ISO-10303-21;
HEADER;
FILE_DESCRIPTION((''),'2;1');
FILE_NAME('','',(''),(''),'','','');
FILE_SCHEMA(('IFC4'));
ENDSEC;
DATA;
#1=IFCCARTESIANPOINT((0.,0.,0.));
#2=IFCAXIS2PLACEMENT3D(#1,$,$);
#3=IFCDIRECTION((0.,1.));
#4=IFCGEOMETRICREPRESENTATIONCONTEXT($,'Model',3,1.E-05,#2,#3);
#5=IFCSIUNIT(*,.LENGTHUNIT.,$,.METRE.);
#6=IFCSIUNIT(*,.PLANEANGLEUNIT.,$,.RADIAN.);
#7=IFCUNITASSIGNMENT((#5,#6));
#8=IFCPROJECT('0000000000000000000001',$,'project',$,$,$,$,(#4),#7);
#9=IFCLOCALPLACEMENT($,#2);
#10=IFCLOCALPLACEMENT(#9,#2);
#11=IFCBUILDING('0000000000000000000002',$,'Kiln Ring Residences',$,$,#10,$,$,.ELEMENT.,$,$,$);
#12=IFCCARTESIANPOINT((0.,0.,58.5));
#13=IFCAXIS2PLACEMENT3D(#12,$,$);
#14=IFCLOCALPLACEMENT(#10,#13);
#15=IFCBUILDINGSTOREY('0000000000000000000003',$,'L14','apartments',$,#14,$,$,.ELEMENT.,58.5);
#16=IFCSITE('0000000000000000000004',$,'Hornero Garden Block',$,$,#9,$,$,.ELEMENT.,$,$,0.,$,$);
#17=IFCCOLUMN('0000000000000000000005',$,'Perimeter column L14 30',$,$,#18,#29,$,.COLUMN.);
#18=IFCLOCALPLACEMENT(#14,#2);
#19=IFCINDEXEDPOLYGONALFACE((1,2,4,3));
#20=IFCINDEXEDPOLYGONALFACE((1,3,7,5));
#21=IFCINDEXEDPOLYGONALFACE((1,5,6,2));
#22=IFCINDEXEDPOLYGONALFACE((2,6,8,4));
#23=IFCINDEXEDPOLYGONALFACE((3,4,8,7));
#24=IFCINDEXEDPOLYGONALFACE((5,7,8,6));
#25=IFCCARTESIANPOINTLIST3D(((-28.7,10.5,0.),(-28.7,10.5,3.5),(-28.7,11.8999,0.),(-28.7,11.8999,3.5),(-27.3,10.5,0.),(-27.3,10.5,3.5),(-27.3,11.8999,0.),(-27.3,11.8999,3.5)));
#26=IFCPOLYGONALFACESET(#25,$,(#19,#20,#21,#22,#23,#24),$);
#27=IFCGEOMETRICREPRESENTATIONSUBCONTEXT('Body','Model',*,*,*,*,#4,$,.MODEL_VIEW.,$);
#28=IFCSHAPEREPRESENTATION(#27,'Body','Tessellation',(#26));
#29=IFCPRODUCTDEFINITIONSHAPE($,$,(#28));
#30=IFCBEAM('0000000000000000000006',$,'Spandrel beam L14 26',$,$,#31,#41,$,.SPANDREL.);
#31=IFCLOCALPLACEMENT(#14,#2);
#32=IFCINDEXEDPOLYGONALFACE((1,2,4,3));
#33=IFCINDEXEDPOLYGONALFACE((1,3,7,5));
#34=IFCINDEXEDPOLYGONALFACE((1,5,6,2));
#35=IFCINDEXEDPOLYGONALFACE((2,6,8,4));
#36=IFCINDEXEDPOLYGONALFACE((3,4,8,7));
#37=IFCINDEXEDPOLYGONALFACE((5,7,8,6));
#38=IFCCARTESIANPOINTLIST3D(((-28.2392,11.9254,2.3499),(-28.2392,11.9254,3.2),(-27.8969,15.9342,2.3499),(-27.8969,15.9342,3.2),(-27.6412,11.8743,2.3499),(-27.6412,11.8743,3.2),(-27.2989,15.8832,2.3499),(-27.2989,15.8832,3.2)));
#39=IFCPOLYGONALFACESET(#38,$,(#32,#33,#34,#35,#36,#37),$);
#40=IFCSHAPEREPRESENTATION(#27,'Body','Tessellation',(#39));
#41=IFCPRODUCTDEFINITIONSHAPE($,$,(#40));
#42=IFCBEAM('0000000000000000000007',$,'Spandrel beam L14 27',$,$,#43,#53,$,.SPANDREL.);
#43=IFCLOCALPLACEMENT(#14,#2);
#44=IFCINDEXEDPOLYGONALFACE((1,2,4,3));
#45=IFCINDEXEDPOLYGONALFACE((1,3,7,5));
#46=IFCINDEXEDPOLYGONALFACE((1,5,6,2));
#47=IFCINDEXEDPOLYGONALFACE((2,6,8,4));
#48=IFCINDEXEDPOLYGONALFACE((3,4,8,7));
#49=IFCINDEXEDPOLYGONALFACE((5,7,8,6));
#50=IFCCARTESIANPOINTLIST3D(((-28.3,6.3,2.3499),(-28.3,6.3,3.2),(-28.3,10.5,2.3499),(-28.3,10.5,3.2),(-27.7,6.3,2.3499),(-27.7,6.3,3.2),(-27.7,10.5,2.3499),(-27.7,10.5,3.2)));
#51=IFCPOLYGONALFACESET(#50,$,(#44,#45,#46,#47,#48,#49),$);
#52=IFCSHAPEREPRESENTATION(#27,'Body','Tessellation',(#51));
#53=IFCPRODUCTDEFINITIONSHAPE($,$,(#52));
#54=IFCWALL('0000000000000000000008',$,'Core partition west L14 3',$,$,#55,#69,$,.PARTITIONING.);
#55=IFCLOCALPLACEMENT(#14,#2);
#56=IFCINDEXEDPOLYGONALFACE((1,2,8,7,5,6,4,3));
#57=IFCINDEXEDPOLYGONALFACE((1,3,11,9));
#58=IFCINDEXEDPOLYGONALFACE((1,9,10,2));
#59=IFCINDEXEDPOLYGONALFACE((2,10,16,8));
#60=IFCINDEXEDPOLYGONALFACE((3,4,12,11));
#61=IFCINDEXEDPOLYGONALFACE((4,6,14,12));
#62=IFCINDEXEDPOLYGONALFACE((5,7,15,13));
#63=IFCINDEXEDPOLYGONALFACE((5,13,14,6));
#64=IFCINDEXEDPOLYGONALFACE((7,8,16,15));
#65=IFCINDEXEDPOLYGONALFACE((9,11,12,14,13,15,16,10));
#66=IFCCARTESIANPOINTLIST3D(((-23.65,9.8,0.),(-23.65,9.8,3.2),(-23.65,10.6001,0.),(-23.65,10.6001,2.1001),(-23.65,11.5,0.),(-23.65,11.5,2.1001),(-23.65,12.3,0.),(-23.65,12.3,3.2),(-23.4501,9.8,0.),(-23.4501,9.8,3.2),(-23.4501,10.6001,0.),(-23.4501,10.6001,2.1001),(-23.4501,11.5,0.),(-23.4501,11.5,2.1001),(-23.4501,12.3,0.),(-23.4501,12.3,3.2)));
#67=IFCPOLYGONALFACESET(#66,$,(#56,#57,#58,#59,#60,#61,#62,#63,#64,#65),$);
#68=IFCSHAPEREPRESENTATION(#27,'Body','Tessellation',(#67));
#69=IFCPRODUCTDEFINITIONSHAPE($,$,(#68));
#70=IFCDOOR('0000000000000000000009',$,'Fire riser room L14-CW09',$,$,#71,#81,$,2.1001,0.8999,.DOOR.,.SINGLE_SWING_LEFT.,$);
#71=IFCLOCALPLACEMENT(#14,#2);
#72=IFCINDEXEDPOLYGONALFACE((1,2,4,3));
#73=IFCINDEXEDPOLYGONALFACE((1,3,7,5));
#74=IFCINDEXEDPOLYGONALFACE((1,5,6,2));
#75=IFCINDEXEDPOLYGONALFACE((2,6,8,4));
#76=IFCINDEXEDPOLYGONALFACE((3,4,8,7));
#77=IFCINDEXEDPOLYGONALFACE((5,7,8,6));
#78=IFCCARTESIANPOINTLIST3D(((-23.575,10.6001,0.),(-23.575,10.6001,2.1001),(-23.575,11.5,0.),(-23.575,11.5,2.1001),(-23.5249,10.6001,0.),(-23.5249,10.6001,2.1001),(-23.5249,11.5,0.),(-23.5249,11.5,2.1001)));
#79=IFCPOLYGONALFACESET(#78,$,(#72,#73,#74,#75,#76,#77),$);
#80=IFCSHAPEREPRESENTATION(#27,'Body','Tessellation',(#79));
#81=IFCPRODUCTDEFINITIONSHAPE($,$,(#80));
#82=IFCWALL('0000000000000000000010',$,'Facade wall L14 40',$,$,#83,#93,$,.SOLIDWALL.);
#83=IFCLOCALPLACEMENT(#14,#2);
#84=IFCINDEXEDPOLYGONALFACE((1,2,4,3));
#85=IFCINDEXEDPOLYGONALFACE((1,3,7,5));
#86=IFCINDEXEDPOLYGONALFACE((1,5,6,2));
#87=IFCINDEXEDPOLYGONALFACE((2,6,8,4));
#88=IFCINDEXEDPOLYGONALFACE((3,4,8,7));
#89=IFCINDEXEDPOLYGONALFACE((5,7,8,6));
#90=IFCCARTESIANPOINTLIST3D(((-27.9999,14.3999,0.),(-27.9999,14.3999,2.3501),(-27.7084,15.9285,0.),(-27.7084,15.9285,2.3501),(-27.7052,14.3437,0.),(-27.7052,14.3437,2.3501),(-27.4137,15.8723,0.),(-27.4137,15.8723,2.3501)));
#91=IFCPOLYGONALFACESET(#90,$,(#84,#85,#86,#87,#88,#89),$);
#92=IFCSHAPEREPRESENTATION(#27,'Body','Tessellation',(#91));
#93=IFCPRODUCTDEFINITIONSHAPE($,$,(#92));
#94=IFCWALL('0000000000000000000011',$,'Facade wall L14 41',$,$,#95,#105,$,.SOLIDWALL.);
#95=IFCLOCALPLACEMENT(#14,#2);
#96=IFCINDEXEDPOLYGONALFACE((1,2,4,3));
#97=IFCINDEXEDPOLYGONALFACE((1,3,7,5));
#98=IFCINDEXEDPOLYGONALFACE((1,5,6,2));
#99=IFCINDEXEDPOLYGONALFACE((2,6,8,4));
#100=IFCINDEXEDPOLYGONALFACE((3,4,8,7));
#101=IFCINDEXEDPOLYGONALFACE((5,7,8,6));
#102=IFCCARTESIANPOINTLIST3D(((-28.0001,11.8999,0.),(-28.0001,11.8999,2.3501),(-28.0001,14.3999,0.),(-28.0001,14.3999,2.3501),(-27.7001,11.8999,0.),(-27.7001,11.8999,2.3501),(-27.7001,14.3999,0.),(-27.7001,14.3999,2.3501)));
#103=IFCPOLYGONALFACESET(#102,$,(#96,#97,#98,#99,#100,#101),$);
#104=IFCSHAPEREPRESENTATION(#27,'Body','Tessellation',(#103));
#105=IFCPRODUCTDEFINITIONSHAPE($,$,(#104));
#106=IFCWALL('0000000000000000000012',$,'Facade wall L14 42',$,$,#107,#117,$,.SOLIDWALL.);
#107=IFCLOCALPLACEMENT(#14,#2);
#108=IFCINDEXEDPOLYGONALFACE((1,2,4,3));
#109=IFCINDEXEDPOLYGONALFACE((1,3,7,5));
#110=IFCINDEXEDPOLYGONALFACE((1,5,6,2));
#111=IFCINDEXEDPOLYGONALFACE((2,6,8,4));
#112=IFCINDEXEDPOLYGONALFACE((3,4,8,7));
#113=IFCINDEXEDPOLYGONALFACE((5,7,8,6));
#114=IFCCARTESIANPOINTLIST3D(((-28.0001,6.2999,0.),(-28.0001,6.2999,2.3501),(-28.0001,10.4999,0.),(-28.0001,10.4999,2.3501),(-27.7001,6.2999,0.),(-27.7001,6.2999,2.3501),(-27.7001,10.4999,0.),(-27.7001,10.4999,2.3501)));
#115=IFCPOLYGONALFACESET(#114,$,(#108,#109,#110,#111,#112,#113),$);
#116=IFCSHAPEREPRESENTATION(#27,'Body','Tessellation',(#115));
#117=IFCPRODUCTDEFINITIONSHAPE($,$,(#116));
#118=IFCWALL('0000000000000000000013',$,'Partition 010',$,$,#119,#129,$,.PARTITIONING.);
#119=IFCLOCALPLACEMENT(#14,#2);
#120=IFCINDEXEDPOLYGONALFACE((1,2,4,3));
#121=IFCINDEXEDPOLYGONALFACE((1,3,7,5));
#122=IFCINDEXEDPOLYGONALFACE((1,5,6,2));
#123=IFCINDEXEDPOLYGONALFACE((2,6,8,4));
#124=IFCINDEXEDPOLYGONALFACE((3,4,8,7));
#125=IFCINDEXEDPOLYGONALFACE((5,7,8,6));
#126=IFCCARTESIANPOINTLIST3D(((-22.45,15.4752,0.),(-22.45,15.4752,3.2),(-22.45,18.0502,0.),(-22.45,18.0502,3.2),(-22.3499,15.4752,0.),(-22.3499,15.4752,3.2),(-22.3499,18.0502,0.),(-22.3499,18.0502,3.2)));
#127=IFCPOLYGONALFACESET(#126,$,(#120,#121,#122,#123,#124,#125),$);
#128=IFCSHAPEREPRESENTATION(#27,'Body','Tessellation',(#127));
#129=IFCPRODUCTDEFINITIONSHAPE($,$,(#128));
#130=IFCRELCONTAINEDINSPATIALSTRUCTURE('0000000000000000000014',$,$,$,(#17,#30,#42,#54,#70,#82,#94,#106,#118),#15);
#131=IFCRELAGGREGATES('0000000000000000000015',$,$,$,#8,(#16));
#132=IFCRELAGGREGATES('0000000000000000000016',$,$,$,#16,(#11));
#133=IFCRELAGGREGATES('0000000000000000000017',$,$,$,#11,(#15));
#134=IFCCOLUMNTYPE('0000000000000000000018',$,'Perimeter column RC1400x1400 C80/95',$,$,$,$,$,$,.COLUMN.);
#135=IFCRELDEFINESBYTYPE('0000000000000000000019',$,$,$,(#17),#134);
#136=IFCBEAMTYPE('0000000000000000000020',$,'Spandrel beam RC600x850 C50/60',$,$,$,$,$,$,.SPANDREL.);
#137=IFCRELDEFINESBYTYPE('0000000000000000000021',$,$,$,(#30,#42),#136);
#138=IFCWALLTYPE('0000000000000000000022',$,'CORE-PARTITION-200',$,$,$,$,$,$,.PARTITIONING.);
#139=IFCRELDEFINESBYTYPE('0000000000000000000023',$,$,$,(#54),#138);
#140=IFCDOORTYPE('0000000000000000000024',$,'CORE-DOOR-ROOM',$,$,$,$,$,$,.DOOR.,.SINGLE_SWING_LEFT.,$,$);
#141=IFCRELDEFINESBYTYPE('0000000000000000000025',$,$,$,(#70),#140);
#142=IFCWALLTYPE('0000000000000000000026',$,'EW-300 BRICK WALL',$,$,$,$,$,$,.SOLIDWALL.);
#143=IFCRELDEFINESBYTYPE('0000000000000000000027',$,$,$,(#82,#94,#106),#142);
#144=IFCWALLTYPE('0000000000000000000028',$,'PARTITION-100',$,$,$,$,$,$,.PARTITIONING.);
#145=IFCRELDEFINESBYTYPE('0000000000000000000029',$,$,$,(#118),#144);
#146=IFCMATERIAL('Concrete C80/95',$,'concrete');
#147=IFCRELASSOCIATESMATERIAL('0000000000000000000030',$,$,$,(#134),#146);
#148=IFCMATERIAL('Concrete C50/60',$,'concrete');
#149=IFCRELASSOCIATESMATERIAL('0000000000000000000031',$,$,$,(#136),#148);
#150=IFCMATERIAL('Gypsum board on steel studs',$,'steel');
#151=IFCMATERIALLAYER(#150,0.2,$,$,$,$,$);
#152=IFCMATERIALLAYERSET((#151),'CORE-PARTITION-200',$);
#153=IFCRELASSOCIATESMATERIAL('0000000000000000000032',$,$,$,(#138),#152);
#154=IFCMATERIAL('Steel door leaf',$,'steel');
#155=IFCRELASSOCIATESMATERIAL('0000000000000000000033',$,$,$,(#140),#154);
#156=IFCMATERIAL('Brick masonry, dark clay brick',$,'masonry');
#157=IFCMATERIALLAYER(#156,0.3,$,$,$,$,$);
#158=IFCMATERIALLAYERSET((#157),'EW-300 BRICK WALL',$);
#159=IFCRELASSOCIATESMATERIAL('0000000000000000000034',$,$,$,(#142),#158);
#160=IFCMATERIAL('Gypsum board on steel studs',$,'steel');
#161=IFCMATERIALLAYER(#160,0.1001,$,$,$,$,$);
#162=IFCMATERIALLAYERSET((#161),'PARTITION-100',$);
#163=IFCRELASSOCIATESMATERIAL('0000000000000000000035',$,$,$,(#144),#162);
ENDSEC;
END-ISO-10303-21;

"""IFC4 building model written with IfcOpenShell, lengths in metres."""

from ifc_helpers import new_model, si_unit, direction, frame, frame_2d, origin, origin_2d, place, context, subcontext, project, spatial, rectangle, extrude, material, layer, layer_set, material_profile, profile_set, type_object, element, fill, save


model = new_model("IFC4")

# Units and contexts
model_context = context("Model", 3, precision=1e-05, world=origin(), true_north=direction((0.0, 1.0)))
body_context = subcontext(model_context, "Body", "Model", "MODEL_VIEW")
ifc_project = project(units=[si_unit("LENGTHUNIT", "METRE"), si_unit("PLANEANGLEUNIT", "RADIAN")], contexts=[model_context])

# Site, building, storey
site_placement = place(None, origin())
site = spatial("IfcSite", under=ifc_project, at=site_placement, Name="Hornero Garden Block", CompositionType="ELEMENT", RefElevation=0.0)
building_placement = place(site_placement, origin())
building = spatial("IfcBuilding", under=site, at=building_placement, Name="Kiln Ring Residences", CompositionType="ELEMENT")
storey_placement = place(building_placement, frame((0.0, 0.0, 58.5)))
storey = spatial("IfcBuildingStorey", under=building, at=storey_placement, Name="L14", Description="apartments", CompositionType="ELEMENT", Elevation=58.5)

# Column
ifc_material_1 = material(Name="Concrete C80/95", Category="concrete")
ifc_material_profile_1 = material_profile(ifc_material_1, rectangle(XDim=1.3999, YDim=1.3999, at=origin_2d()), Name="RC1400x1400")
ifc_profile_set_1 = profile_set([ifc_material_profile_1], Name="Concrete C80/95")
column_type = type_object("IfcColumnType", Name="Perimeter column RC1400x1400 C80/95", PredefinedType="COLUMN", material=ifc_profile_set_1)
column_placement = place(storey_placement, frame((-28.0, 11.2, 0.0), z_axis=(0.0, 0.0, 1.0), x_axis=(1.0, 0.0, 0.0)))
element("IfcColumn", 1, at=column_placement, inside=storey, type_object=column_type, Name="Perimeter column L14 30", PredefinedType="COLUMN", context=body_context, shape_type="SweptSolid", body=[
    extrude(rectangle(XDim=1.3999, YDim=1.3999, at=origin_2d()), origin(), (0.0, 0.0, 1.0), 3.5),
])

# Beams
ifc_material_2 = material(Name="Concrete C50/60", Category="concrete")
ifc_material_profile_2 = material_profile(ifc_material_2, rectangle(XDim=0.6001, YDim=0.8501, at=origin_2d()), Name="RC600x850")
ifc_profile_set_2 = profile_set([ifc_material_profile_2], Name="Concrete C50/60")
beam_type = type_object("IfcBeamType", Name="Spandrel beam RC600x850 C50/60", PredefinedType="SPANDREL", material=ifc_profile_set_2)
beam_1_placement = place(storey_placement, frame((-27.5979, 15.9087, 2.7749), z_axis=(-0.085074, -0.996375, 0.0), x_axis=(0.996375, -0.085074, 0.0)))
element("IfcBeam", 2, at=beam_1_placement, inside=storey, type_object=beam_type, Name="Spandrel beam L14 26", PredefinedType="SPANDREL", context=body_context, shape_type="SweptSolid", body=[
    extrude(rectangle(XDim=0.6001, YDim=0.8501, at=origin_2d()), origin(), (0.0, 0.0, 1.0), 4.0234),
])
beam_2_placement = place(storey_placement, frame((-28.0, 10.5, 2.7749), z_axis=(0.0, -1.0, 0.0), x_axis=(1.0, 0.0, 0.0)))
element("IfcBeam", 3, at=beam_2_placement, inside=storey, type_object=beam_type, Name="Spandrel beam L14 27", PredefinedType="SPANDREL", context=body_context, shape_type="SweptSolid", body=[
    extrude(rectangle(XDim=0.6001, YDim=0.8501, at=origin_2d()), origin(), (0.0, 0.0, 1.0), 4.2),
])

# Wall, opening, door
ifc_material_3 = material(Name="Gypsum board on steel studs", Category="steel")
ifc_layer_1 = layer(ifc_material_3, 0.2)
ifc_layer_set_1 = layer_set([ifc_layer_1], Name="CORE-PARTITION-200")
wall_type_1 = type_object("IfcWallType", Name="CORE-PARTITION-200", PredefinedType="PARTITIONING", material=ifc_layer_set_1)
wall_1_placement = place(storey_placement, frame((-23.55, 9.8, 0.0), z_axis=(0.0, 0.0, 1.0), x_axis=(0.0, 1.0, 0.0)))
wall_1 = element("IfcWall", 4, at=wall_1_placement, inside=storey, type_object=wall_type_1, Name="Core partition west L14 3", PredefinedType="PARTITIONING", context=body_context, shape_type="SweptSolid", body=[
    extrude(rectangle(XDim=2.5, YDim=0.2, at=frame_2d((1.25, 0.0))), origin(), (0.0, 0.0, 1.0), 3.2),
])
opening_1_placement = place(wall_1_placement, frame((0.8, 0.0, 0.0)))
opening_1 = element("IfcOpeningElement", 5, at=opening_1_placement, cuts=wall_1, PredefinedType="OPENING", context=body_context, shape_type="SweptSolid", body=[
    extrude(rectangle(XDim=0.8999, YDim=2.1001, at=frame_2d((0.45, 1.05))), frame((0.0, 0.1099, 0.0), z_axis=(0.0, -1.0, 0.0), x_axis=(1.0, 0.0, 0.0)), (0.0, 0.0, 1.0), 0.22),
])
ifc_material_4 = material(Name="Steel door leaf", Category="steel")
door_type_1 = type_object("IfcDoorType", Name="CORE-DOOR-ROOM", OperationType="SINGLE_SWING_LEFT", PredefinedType="DOOR", material=ifc_material_4)
door_1_placement = place(opening_1_placement, origin())
door_1 = element("IfcDoor", 6, at=door_1_placement, inside=storey, type_object=door_type_1, Name="Fire riser room L14-CW09", OperationType="SINGLE_SWING_LEFT", OverallHeight=2.1001, OverallWidth=0.8999, PredefinedType="DOOR", context=body_context, shape_type="SweptSolid", body=[
    extrude(rectangle(XDim=0.8999, YDim=2.1001, at=frame_2d((0.45, 1.05))), frame((0.0, 0.0249, 0.0), z_axis=(0.0, -1.0, 0.0), x_axis=(1.0, 0.0, 0.0)), (0.0, 0.0, 1.0), 0.05),
])
fill(opening_1, door_1)

# Walls
ifc_material_5 = material(Name="Brick masonry, dark clay brick", Category="masonry")
ifc_layer_2 = layer(ifc_material_5, 0.3)
ifc_layer_set_2 = layer_set([ifc_layer_2], Name="EW-300 BRICK WALL")
wall_type_2 = type_object("IfcWallType", Name="EW-300 BRICK WALL", PredefinedType="SOLIDWALL", material=ifc_layer_set_2)
wall_2_placement = place(storey_placement, frame((-27.561, 15.9004, 0.0), z_axis=(0.0, 0.0, 1.0), x_axis=(-0.187328, -0.982297, 0.0)))
element("IfcWall", 7, at=wall_2_placement, inside=storey, type_object=wall_type_2, Name="Facade wall L14 40", PredefinedType="SOLIDWALL", context=body_context, shape_type="SweptSolid", body=[
    extrude(rectangle(XDim=1.5562, YDim=0.3, at=frame_2d((0.7781, 0.0))), origin(), (0.0, 0.0, 1.0), 2.3501),
])
wall_3_placement = place(storey_placement, frame((-27.8501, 14.3999, 0.0), z_axis=(0.0, 0.0, 1.0), x_axis=(0.0, -1.0, 0.0)))
element("IfcWall", 8, at=wall_3_placement, inside=storey, type_object=wall_type_2, Name="Facade wall L14 41", PredefinedType="SOLIDWALL", context=body_context, shape_type="SweptSolid", body=[
    extrude(rectangle(XDim=2.5, YDim=0.3, at=frame_2d((1.25, 0.0))), origin(), (0.0, 0.0, 1.0), 2.3501),
])
wall_4_placement = place(storey_placement, frame((-27.8501, 10.5, 0.0), z_axis=(0.0, 0.0, 1.0), x_axis=(0.0, -1.0, 0.0)))
element("IfcWall", 9, at=wall_4_placement, inside=storey, type_object=wall_type_2, Name="Facade wall L14 42", PredefinedType="SOLIDWALL", context=body_context, shape_type="SweptSolid", body=[
    extrude(rectangle(XDim=4.2, YDim=0.3, at=frame_2d((2.1001, 0.0))), origin(), (0.0, 0.0, 1.0), 2.3501),
])
ifc_material_6 = material(Name="Gypsum board on steel studs", Category="steel")
ifc_layer_3 = layer(ifc_material_6, 0.1001)
ifc_layer_set_3 = layer_set([ifc_layer_3], Name="PARTITION-100")
wall_type_3 = type_object("IfcWallType", Name="PARTITION-100", PredefinedType="PARTITIONING", material=ifc_layer_set_3)
wall_5_placement = place(storey_placement, frame((-22.3999, 15.4751, 0.0), z_axis=(0.0, 0.0, 1.0), x_axis=(0.0, 1.0, 0.0)))
element("IfcWall", 10, at=wall_5_placement, inside=storey, type_object=wall_type_3, Name="Partition 010", PredefinedType="PARTITIONING", context=body_context, shape_type="SweptSolid", body=[
    extrude(rectangle(XDim=2.575, YDim=0.1001, at=frame_2d((1.2876, 0.0))), origin(), (0.0, 0.0, 1.0), 3.2),
])

save(model, "model.ifc")
